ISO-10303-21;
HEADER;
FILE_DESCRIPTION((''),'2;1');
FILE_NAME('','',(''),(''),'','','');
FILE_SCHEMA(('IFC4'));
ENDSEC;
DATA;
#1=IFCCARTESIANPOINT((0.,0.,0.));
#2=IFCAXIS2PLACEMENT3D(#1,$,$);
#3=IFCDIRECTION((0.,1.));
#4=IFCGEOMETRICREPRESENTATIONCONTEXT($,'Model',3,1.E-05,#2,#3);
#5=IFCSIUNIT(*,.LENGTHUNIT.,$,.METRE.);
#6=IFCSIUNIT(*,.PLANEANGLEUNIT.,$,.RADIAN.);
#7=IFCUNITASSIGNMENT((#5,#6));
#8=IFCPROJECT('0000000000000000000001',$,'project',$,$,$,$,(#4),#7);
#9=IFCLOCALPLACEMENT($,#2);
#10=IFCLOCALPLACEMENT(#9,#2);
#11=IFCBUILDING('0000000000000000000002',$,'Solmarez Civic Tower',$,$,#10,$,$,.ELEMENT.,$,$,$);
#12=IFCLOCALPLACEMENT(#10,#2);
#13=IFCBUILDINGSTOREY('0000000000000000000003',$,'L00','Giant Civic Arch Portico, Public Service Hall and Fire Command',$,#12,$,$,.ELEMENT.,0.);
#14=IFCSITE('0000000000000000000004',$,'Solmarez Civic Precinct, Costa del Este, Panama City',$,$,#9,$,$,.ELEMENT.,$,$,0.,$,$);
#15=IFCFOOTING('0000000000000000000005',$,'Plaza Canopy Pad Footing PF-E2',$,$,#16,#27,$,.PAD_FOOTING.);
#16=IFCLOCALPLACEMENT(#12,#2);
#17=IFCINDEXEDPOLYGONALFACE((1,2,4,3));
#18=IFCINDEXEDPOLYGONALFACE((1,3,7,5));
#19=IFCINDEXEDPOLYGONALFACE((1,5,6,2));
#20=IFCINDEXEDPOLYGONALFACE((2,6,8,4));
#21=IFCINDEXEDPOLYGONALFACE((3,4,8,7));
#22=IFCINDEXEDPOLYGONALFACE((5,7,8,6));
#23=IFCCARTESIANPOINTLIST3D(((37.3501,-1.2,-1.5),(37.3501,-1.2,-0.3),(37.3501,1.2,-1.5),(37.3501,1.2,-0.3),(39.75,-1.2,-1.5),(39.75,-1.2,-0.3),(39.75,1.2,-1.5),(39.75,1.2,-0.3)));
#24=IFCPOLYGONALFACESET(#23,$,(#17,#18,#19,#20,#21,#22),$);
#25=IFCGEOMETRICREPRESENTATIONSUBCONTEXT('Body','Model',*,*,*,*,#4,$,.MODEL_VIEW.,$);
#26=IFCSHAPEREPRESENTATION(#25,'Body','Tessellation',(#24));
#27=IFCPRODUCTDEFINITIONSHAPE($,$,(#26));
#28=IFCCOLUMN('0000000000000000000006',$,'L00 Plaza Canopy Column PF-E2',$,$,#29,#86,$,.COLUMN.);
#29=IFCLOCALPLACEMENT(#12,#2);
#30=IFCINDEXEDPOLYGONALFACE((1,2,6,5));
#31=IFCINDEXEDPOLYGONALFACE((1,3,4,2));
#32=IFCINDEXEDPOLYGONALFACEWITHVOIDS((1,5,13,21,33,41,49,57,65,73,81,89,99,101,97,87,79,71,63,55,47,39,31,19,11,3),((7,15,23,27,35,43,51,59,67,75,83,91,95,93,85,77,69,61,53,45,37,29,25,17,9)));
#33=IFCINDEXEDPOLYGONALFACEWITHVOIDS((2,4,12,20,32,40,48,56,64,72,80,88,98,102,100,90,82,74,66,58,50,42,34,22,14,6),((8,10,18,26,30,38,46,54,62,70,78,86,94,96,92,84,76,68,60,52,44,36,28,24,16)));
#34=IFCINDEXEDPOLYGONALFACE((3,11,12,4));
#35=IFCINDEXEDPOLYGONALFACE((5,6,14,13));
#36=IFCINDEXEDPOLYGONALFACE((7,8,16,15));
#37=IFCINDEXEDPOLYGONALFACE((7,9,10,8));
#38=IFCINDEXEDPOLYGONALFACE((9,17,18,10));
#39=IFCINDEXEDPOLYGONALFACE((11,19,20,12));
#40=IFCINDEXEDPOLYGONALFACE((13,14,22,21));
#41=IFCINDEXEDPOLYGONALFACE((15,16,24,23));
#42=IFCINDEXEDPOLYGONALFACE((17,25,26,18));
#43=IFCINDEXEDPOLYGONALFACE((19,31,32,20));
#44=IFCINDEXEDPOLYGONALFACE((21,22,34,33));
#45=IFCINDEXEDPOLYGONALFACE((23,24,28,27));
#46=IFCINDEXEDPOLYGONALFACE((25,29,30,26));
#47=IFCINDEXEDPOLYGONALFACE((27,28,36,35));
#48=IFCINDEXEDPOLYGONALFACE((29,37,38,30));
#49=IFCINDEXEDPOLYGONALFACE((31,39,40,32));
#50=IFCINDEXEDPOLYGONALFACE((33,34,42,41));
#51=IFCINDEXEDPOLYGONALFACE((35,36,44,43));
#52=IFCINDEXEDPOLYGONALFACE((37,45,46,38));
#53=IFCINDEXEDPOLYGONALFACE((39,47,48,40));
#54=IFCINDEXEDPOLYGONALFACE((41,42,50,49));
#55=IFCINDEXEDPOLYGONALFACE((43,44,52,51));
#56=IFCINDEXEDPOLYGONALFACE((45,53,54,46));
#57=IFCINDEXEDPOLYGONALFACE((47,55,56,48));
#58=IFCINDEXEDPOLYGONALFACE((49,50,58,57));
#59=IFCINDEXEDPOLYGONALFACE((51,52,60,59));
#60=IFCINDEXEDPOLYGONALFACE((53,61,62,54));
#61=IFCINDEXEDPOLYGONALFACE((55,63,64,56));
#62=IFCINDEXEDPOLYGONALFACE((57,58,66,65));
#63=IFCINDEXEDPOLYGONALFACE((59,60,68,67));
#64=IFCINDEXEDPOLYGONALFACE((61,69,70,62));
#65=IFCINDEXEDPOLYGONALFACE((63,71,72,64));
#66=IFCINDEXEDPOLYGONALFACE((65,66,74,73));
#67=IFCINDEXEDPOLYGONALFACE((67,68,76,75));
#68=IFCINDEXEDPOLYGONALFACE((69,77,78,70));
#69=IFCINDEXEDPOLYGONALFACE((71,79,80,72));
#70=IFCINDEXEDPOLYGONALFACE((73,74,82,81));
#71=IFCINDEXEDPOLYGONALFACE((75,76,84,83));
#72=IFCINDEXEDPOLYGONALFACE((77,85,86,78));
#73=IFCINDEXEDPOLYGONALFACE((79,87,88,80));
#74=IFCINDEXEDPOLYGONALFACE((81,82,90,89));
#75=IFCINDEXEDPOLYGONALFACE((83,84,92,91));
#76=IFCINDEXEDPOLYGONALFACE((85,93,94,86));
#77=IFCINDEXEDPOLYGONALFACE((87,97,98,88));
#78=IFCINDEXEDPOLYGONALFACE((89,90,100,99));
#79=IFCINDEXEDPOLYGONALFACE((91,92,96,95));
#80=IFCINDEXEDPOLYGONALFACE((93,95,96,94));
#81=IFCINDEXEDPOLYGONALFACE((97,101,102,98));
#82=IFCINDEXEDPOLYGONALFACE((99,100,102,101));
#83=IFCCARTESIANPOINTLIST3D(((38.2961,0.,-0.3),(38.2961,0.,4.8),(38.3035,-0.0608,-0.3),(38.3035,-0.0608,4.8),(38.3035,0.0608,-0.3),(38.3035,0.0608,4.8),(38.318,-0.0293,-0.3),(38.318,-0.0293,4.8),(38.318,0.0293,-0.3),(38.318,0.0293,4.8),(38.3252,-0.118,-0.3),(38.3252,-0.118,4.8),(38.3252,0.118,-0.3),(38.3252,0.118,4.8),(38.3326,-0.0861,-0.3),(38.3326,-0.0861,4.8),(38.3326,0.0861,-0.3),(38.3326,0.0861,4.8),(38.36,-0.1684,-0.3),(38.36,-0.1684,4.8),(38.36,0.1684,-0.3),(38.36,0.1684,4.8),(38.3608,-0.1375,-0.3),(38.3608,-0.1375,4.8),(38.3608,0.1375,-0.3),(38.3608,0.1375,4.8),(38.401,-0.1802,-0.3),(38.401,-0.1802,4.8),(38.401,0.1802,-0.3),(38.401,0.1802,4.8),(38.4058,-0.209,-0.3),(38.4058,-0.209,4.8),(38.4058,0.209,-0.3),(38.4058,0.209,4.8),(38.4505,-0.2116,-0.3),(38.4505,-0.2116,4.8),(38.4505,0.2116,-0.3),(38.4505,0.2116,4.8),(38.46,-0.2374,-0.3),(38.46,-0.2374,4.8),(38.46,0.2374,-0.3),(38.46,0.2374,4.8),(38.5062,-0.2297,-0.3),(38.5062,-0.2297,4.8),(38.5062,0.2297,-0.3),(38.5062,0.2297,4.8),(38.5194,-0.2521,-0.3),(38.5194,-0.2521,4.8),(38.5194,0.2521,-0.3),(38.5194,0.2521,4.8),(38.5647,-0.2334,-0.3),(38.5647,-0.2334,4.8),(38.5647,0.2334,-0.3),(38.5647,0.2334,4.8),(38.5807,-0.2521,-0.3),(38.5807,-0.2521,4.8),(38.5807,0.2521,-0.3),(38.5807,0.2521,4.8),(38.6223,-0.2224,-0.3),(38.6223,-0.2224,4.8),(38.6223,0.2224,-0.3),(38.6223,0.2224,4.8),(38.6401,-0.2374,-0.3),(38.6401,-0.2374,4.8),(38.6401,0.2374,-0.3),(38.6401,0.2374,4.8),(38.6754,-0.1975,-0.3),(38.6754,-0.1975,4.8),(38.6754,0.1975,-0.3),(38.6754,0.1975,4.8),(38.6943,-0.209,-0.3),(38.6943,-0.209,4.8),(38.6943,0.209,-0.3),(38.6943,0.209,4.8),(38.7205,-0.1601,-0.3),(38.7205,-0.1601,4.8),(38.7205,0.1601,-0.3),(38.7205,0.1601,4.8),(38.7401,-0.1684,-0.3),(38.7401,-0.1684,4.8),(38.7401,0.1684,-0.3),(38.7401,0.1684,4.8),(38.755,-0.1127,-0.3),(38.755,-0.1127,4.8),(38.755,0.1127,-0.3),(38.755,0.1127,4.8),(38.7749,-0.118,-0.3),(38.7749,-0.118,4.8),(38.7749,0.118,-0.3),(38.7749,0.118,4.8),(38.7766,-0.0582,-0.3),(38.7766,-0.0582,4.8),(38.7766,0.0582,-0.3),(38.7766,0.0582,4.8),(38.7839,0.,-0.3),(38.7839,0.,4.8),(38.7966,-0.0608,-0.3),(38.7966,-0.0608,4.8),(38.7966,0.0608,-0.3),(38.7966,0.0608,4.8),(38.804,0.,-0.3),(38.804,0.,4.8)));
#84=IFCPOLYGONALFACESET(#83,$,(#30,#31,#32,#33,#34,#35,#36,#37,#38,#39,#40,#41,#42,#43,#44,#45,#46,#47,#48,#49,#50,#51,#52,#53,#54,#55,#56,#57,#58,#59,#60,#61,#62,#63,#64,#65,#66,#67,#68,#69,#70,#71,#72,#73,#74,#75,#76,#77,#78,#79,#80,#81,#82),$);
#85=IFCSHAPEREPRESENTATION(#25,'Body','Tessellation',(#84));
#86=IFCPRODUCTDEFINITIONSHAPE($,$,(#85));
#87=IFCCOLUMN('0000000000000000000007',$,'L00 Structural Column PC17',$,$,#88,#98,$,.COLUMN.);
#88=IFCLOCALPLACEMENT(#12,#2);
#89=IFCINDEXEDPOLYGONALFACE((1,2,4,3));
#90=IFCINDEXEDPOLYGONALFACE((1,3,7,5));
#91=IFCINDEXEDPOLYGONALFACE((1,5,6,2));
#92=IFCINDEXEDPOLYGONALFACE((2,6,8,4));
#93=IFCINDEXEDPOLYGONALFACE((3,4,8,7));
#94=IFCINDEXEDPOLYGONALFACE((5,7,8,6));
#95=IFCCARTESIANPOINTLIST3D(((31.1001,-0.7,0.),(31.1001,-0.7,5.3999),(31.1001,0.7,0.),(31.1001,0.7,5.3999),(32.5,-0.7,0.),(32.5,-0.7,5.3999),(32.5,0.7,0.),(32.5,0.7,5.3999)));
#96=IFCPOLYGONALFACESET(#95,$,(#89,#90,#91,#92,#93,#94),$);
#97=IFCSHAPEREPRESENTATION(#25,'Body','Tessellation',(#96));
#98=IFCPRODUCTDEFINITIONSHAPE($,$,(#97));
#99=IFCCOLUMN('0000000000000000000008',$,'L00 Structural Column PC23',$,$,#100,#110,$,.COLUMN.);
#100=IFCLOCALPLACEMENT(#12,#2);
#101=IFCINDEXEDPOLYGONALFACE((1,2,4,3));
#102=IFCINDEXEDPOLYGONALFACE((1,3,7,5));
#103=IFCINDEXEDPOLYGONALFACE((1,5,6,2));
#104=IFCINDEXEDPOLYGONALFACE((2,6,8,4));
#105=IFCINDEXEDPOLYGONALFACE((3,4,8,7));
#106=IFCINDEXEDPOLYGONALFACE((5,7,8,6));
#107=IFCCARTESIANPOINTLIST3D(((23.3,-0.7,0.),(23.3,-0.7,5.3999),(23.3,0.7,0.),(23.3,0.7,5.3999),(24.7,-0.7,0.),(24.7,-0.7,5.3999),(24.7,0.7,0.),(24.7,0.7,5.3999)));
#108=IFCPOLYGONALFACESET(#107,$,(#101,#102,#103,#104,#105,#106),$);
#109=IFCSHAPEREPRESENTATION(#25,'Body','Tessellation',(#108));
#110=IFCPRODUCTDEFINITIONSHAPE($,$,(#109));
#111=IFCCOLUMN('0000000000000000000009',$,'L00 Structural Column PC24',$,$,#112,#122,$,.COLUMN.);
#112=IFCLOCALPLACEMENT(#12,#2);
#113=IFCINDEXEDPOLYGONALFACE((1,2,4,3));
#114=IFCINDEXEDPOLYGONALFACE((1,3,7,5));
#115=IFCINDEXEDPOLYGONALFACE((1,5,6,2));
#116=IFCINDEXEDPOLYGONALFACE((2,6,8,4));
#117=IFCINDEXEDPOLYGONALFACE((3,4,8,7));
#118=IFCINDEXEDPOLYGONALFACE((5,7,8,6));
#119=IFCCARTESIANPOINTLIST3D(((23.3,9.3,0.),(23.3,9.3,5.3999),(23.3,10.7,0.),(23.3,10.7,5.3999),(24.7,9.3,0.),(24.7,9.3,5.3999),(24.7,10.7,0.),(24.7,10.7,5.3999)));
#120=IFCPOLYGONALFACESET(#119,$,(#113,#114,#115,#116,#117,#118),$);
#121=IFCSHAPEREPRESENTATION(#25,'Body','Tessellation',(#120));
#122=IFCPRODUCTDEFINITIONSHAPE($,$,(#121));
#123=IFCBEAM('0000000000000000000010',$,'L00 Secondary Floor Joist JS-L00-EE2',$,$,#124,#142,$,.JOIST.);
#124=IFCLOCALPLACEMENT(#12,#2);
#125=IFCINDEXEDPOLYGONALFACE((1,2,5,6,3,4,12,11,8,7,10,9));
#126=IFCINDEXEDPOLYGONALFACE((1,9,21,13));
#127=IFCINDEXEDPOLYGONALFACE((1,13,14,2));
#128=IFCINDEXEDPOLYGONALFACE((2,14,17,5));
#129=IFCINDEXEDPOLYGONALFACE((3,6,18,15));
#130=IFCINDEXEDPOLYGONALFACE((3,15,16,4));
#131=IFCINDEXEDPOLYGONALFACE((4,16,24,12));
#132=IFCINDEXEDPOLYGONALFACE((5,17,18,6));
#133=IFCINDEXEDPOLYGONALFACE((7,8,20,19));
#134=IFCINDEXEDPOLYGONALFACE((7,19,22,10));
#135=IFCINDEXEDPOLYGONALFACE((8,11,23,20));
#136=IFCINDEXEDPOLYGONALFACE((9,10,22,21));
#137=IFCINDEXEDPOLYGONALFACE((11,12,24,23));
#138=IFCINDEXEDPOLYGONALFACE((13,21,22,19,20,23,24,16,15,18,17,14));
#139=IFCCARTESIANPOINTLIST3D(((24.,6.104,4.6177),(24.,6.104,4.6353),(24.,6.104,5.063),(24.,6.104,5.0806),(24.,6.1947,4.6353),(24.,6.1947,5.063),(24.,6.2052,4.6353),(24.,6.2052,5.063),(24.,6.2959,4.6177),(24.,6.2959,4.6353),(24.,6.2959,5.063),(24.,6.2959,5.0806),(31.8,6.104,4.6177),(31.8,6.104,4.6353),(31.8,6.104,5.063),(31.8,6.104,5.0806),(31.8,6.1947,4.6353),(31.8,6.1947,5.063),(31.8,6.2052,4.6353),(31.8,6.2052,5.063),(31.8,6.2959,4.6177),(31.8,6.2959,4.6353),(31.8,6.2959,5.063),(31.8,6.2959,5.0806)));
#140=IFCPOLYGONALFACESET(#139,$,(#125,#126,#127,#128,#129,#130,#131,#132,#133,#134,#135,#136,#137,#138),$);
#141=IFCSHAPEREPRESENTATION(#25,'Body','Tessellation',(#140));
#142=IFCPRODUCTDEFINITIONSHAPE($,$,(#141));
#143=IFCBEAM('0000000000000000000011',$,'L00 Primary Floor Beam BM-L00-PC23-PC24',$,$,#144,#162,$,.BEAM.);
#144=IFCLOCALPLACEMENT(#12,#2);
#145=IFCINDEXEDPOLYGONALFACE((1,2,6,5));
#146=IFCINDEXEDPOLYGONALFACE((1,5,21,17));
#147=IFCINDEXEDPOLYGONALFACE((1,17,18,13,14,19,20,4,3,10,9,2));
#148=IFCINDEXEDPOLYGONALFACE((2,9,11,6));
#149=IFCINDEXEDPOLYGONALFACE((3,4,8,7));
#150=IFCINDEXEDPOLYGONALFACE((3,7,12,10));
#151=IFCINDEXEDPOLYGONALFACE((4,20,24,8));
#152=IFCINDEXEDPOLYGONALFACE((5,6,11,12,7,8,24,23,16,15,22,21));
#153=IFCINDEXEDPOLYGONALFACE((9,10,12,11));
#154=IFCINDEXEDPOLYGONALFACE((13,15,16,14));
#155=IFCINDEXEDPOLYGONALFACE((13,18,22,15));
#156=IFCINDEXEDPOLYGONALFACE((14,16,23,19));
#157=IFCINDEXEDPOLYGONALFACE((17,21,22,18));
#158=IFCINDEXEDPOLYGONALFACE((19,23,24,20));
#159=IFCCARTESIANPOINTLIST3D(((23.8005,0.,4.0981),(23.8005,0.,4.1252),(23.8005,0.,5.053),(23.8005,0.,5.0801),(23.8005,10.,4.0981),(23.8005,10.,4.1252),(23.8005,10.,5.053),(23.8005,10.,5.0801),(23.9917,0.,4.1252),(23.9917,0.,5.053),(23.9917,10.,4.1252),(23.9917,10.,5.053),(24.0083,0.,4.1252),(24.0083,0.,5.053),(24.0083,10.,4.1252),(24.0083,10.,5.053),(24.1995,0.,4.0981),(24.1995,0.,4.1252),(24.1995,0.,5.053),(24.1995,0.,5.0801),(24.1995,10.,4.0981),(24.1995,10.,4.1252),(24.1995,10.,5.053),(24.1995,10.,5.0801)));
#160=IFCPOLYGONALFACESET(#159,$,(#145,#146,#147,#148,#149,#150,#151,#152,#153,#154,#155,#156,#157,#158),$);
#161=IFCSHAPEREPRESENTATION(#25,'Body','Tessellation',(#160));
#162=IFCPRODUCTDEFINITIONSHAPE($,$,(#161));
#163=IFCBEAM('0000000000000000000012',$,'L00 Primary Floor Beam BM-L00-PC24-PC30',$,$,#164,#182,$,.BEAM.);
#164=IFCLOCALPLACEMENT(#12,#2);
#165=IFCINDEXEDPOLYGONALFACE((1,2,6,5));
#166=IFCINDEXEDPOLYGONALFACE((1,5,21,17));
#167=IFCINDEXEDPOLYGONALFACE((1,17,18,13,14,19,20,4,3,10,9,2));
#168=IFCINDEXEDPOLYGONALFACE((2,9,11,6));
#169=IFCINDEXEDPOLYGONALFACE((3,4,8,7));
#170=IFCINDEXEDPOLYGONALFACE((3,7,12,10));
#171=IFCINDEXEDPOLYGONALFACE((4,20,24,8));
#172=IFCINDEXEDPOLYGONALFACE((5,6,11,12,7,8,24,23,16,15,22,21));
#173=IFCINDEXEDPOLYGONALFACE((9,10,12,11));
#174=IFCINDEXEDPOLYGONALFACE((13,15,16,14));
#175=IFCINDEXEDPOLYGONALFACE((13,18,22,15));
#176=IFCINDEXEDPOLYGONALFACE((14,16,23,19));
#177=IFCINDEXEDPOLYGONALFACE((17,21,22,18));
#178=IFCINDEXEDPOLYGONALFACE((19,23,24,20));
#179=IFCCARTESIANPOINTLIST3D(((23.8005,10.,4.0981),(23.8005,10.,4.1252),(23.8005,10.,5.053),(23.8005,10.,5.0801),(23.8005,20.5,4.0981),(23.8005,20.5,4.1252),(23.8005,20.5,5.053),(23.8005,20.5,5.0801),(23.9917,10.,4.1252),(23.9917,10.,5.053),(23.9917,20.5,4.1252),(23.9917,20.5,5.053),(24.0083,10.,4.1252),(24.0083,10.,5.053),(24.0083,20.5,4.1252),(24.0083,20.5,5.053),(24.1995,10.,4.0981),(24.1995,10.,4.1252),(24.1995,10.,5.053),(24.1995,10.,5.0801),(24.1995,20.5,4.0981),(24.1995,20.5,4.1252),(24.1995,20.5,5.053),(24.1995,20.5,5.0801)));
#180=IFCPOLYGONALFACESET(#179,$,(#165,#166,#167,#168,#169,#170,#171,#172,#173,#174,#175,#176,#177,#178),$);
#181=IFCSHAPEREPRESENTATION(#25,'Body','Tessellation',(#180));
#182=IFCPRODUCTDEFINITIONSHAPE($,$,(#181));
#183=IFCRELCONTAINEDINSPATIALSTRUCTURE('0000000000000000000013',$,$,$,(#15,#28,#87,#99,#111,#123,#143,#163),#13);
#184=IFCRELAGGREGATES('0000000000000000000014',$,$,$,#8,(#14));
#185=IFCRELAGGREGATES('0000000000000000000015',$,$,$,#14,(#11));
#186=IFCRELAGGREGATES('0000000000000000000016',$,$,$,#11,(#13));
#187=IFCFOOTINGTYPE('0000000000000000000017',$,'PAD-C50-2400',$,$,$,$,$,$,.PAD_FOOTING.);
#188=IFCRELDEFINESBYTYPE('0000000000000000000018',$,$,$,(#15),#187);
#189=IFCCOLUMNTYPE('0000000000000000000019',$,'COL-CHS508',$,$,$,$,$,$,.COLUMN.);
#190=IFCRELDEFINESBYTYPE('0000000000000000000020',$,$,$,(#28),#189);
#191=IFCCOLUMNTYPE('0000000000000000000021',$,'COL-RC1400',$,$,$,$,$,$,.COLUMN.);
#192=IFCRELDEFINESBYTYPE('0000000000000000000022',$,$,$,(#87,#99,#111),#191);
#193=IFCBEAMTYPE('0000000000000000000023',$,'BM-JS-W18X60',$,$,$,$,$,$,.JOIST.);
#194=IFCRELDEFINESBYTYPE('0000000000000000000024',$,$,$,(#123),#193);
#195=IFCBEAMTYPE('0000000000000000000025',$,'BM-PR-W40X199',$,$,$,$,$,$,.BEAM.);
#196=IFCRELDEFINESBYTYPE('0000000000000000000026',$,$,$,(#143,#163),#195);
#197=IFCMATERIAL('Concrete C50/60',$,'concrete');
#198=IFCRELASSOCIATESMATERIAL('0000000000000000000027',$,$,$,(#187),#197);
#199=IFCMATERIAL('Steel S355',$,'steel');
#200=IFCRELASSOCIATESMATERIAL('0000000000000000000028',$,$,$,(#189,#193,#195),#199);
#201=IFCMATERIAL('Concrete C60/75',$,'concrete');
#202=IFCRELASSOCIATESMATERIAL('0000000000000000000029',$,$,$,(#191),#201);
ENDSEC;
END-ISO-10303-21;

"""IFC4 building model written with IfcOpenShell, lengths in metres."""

from ifc_helpers import new_model, si_unit, direction, frame, origin, origin_2d, place, context, subcontext, project, spatial, rectangle, hollow_circle, i_section, extrude, material, material_profile, profile_set, type_object, element, save


model = new_model("IFC4")

# Units and contexts
model_context = context("Model", 3, precision=1e-05, world=origin(), true_north=direction((0.0, 1.0)))
body_context = subcontext(model_context, "Body", "Model", "MODEL_VIEW")
ifc_project = project(units=[si_unit("LENGTHUNIT", "METRE"), si_unit("PLANEANGLEUNIT", "RADIAN")], contexts=[model_context])

# Site, building, storey
site_placement = place(None, origin())
site = spatial("IfcSite", under=ifc_project, at=site_placement, Name="Solmarez Civic Precinct, Costa del Este, Panama City", CompositionType="ELEMENT", RefElevation=0.0)
building_placement = place(site_placement, origin())
building = spatial("IfcBuilding", under=site, at=building_placement, Name="Solmarez Civic Tower", CompositionType="ELEMENT")
storey_placement = place(building_placement, origin())
storey = spatial("IfcBuildingStorey", under=building, at=storey_placement, Name="L00", Description="Giant Civic Arch Portico, Public Service Hall and Fire Command", CompositionType="ELEMENT", Elevation=0.0)

# Footing
ifc_material_1 = material(Name="Concrete C50/60", Category="concrete")
footing_type = type_object("IfcFootingType", Name="PAD-C50-2400", PredefinedType="PAD_FOOTING", material=ifc_material_1)
footing_placement = place(storey_placement, frame((38.55, 0.0, -1.5), z_axis=(0.0, 0.0, 1.0), x_axis=(1.0, 0.0, 0.0)))
element("IfcFooting", 1, at=footing_placement, inside=storey, type_object=footing_type, Name="Plaza Canopy Pad Footing PF-E2", PredefinedType="PAD_FOOTING", context=body_context, shape_type="SweptSolid", body=[
    extrude(rectangle(XDim=2.3999, YDim=2.3999, at=origin_2d()), origin(), (0.0, 0.0, 1.0), 1.2),
])

# Columns
ifc_material_2 = material(Name="Steel S355", Category="steel")
ifc_material_profile_1 = material_profile(ifc_material_2, hollow_circle(Radius=0.2539, WallThickness=0.02, at=origin_2d()), Name="CHS508X20")
ifc_profile_set_1 = profile_set([ifc_material_profile_1], Name="Steel S355")
column_type_1 = type_object("IfcColumnType", Name="COL-CHS508", PredefinedType="COLUMN", material=ifc_profile_set_1)
column_placement = place(storey_placement, frame((38.55, 0.0, -0.3), z_axis=(0.0, 0.0, 1.0), x_axis=(1.0, 0.0, 0.0)))
element("IfcColumn", 2, at=column_placement, inside=storey, type_object=column_type_1, Name="L00 Plaza Canopy Column PF-E2", PredefinedType="COLUMN", context=body_context, shape_type="SweptSolid", body=[
    extrude(hollow_circle(Radius=0.2539, WallThickness=0.02, at=origin_2d()), origin(), (0.0, 0.0, 1.0), 5.1001),
])
ifc_material_3 = material(Name="Concrete C60/75", Category="concrete")
ifc_material_profile_2 = material_profile(ifc_material_3, rectangle(XDim=1.3999, YDim=1.3999, at=origin_2d()), Name="RC1400X1400")
ifc_profile_set_2 = profile_set([ifc_material_profile_2], Name="Concrete C60/75")
column_type_2 = type_object("IfcColumnType", Name="COL-RC1400", PredefinedType="COLUMN", material=ifc_profile_set_2)
for number, where, z_axis, x_axis, name in (
    (3, (31.8, 0.0, 0.0), (0.0, 0.0, 1.0), (1.0, 0.0, 0.0), "L00 Structural Column PC17"),
    (4, (24.0, 0.0, 0.0), (0.0, 0.0, 1.0), (1.0, 0.0, 0.0), "L00 Structural Column PC23"),
    (5, (24.0, 10.0, 0.0), (0.0, 0.0, 1.0), (1.0, 0.0, 0.0), "L00 Structural Column PC24"),
):
    element("IfcColumn", number, at=place(storey_placement, frame(where, z_axis=z_axis, x_axis=x_axis)), inside=storey, type_object=column_type_2, Name=name, PredefinedType="COLUMN", context=body_context, shape_type="SweptSolid", body=[
        extrude(rectangle(XDim=1.3999, YDim=1.3999, at=origin_2d()), origin(), (0.0, 0.0, 1.0), 5.3999),
    ])

# Beams
ifc_material_profile_3 = material_profile(ifc_material_2, i_section(OverallWidth=0.1919, OverallDepth=0.4629, WebThickness=0.0105, FlangeThickness=0.0176, at=origin_2d()), Name="W18X60")
ifc_profile_set_3 = profile_set([ifc_material_profile_3], Name="Steel S355")
beam_type_1 = type_object("IfcBeamType", Name="BM-JS-W18X60", PredefinedType="JOIST", material=ifc_profile_set_3)
beam_1_placement = place(storey_placement, frame((24.0, 6.2, 4.8491), z_axis=(1.0, 0.0, 0.0), x_axis=(0.0, 1.0, 0.0)))
element("IfcBeam", 6, at=beam_1_placement, inside=storey, type_object=beam_type_1, Name="L00 Secondary Floor Joist JS-L00-EE2", PredefinedType="JOIST", context=body_context, shape_type="SweptSolid", body=[
    extrude(i_section(OverallWidth=0.1919, OverallDepth=0.4629, WebThickness=0.0105, FlangeThickness=0.0176, at=origin_2d()), origin(), (0.0, 0.0, 1.0), 7.8),
])
ifc_material_profile_4 = material_profile(ifc_material_2, i_section(OverallWidth=0.3989, OverallDepth=0.9819, WebThickness=0.0166, FlangeThickness=0.0271, at=origin_2d()), Name="W40X199")
ifc_profile_set_4 = profile_set([ifc_material_profile_4], Name="Steel S355")
beam_type_2 = type_object("IfcBeamType", Name="BM-PR-W40X199", PredefinedType="BEAM", material=ifc_profile_set_4)
beam_2_placement = place(storey_placement, frame((24.0, 0.0, 4.5891), z_axis=(0.0, 1.0, 0.0), x_axis=(-1.0, 0.0, 0.0)))
element("IfcBeam", 7, at=beam_2_placement, inside=storey, type_object=beam_type_2, Name="L00 Primary Floor Beam BM-L00-PC23-PC24", PredefinedType="BEAM", context=body_context, shape_type="SweptSolid", body=[
    extrude(i_section(OverallWidth=0.3989, OverallDepth=0.9819, WebThickness=0.0166, FlangeThickness=0.0271, at=origin_2d()), origin(), (0.0, 0.0, 1.0), 10.0),
])
beam_3_placement = place(storey_placement, frame((24.0, 10.0, 4.5891), z_axis=(0.0, 1.0, 0.0), x_axis=(-1.0, 0.0, 0.0)))
element("IfcBeam", 8, at=beam_3_placement, inside=storey, type_object=beam_type_2, Name="L00 Primary Floor Beam BM-L00-PC24-PC30", PredefinedType="BEAM", context=body_context, shape_type="SweptSolid", body=[
    extrude(i_section(OverallWidth=0.3989, OverallDepth=0.9819, WebThickness=0.0166, FlangeThickness=0.0271, at=origin_2d()), origin(), (0.0, 0.0, 1.0), 10.5),
])

save(model, "model.ifc")
